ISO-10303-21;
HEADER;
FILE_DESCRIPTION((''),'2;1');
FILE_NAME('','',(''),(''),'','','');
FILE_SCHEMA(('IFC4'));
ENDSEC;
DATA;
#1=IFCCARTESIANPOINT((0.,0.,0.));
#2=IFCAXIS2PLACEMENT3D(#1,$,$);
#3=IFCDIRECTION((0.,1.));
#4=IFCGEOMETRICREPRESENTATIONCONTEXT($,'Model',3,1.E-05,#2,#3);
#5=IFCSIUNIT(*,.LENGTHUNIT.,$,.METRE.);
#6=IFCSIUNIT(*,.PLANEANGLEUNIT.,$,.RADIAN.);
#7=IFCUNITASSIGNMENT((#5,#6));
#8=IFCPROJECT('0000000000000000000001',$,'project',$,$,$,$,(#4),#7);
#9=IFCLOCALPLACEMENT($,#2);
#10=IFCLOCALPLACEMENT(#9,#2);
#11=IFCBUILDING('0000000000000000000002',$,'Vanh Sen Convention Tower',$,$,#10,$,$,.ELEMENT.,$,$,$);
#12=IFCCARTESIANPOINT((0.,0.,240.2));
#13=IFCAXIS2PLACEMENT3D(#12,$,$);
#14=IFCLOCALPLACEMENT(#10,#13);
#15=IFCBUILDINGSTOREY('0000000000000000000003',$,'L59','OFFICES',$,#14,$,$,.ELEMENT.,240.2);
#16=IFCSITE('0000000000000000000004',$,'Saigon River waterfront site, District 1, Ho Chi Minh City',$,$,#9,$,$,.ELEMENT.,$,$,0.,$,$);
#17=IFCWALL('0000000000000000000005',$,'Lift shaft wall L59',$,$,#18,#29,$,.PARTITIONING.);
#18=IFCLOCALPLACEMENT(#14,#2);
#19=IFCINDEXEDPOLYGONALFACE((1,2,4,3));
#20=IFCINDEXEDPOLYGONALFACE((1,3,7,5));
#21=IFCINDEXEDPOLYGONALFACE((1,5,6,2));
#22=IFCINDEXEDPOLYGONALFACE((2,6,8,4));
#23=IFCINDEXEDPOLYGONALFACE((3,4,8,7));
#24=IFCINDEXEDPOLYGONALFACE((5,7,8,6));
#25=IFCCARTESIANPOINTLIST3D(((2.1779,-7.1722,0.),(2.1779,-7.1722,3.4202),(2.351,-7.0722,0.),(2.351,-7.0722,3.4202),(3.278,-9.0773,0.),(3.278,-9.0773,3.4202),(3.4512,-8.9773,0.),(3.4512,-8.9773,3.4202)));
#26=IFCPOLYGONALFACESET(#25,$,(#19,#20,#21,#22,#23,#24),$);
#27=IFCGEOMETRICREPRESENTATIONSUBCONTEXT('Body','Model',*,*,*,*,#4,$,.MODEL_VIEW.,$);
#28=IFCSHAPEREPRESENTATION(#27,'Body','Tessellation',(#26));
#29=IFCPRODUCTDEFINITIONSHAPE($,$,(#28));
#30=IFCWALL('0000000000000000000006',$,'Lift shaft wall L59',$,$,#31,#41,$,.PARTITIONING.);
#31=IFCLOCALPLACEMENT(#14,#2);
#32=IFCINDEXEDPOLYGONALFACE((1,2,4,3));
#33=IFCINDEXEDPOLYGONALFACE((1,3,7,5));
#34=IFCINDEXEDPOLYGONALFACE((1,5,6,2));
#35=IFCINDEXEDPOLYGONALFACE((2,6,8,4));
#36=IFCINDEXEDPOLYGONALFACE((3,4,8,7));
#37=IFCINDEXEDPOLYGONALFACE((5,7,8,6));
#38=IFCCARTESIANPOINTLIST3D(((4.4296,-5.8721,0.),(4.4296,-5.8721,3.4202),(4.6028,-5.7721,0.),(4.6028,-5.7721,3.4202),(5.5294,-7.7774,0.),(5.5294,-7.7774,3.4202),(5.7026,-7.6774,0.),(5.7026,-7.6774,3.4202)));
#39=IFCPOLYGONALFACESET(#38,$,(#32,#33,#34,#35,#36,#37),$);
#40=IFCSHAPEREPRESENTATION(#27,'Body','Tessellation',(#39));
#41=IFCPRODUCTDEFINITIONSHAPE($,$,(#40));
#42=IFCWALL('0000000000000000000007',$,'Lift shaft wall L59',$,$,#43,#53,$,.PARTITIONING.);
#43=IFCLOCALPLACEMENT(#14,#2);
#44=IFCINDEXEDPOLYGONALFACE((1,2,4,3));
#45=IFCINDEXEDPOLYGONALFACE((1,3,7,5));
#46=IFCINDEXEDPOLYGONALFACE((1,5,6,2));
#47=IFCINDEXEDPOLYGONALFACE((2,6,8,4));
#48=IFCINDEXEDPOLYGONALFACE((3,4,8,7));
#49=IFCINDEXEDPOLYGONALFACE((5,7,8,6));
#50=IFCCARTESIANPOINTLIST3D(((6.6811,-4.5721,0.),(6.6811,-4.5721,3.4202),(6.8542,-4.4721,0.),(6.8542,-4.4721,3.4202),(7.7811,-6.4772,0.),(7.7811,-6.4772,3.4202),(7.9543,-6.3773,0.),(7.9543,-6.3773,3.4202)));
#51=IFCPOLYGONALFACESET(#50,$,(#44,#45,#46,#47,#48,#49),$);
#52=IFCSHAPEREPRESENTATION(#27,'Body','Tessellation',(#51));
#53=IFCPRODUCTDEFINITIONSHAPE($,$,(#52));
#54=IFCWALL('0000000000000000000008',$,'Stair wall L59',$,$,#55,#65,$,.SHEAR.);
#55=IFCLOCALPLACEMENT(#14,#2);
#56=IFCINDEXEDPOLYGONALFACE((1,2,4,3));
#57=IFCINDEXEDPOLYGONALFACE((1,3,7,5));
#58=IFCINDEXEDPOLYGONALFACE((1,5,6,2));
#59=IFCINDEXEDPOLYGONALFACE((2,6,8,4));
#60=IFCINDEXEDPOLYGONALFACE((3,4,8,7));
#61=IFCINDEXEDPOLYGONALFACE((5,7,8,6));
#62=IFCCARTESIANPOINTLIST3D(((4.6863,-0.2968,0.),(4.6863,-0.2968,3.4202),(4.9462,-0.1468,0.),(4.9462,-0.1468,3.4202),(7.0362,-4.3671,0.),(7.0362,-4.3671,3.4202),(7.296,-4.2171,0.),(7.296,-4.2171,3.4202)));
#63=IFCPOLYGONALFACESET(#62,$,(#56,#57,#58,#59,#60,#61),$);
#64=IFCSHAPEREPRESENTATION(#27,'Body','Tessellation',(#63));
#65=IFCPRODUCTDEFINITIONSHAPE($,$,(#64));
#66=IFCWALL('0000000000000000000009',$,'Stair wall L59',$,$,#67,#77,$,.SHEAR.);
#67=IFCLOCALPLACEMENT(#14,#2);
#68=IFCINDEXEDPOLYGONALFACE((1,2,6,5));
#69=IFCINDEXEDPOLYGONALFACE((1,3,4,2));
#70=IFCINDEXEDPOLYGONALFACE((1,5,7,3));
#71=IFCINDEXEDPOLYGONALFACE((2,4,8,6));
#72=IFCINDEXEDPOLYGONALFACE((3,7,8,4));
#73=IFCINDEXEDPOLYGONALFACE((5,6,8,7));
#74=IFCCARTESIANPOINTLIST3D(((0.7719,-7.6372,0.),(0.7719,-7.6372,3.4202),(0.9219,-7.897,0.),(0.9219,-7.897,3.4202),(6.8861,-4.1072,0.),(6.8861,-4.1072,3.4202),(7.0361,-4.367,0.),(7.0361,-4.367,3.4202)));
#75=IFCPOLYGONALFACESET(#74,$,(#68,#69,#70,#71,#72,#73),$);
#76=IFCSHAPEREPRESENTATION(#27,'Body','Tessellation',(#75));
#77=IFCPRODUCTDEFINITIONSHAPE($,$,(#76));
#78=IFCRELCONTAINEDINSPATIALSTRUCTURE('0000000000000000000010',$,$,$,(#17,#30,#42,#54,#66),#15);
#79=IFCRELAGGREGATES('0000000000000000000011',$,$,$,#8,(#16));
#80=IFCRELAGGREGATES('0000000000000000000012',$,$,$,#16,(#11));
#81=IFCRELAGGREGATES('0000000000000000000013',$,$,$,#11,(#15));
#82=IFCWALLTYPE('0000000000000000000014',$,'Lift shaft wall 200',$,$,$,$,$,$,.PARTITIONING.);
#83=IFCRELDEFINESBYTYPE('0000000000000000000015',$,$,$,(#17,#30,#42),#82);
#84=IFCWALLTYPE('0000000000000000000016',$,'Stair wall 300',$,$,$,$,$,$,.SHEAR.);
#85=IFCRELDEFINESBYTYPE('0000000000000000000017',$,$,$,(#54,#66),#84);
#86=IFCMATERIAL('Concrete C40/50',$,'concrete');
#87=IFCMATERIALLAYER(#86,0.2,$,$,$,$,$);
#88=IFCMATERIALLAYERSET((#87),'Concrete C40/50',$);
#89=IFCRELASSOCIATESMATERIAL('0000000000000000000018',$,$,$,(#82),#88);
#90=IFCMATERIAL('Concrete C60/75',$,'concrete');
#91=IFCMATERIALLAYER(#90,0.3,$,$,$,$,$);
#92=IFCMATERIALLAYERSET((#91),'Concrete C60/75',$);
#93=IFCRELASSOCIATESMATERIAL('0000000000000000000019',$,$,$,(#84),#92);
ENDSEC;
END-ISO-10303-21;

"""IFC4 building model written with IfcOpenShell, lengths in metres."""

from ifc_helpers import new_model, si_unit, direction, frame, frame_2d, origin, place, context, subcontext, project, spatial, rectangle, extrude, material, layer, layer_set, type_object, element, save


model = new_model("IFC4")

# Units and contexts
model_context = context("Model", 3, precision=1e-05, world=origin(), true_north=direction((0.0, 1.0)))
body_context = subcontext(model_context, "Body", "Model", "MODEL_VIEW")
ifc_project = project(units=[si_unit("LENGTHUNIT", "METRE"), si_unit("PLANEANGLEUNIT", "RADIAN")], contexts=[model_context])

# Site, building, storey
site_placement = place(None, origin())
site = spatial("IfcSite", under=ifc_project, at=site_placement, Name="Saigon River waterfront site, District 1, Ho Chi Minh City", CompositionType="ELEMENT", RefElevation=0.0)
building_placement = place(site_placement, origin())
building = spatial("IfcBuilding", under=site, at=building_placement, Name="Vanh Sen Convention Tower", CompositionType="ELEMENT")
storey_placement = place(building_placement, frame((0.0, 0.0, 240.2)))
storey = spatial("IfcBuildingStorey", under=building, at=storey_placement, Name="L59", Description="OFFICES", CompositionType="ELEMENT", Elevation=240.2)

# Shared definitions
ifc_material_1 = material(Name="Concrete C40/50", Category="concrete")

# Shared definitions
ifc_material_2 = material(Name="Concrete C60/75", Category="concrete")

# Walls
ifc_layer_1 = layer(ifc_material_1, 0.2)
ifc_layer_set_1 = layer_set([ifc_layer_1], Name="Concrete C40/50")
wall_type_1 = type_object("IfcWallType", Name="Lift shaft wall 200", PredefinedType="PARTITIONING", material=ifc_layer_set_1)
for number, where, z_axis, x_axis, name in (
    (1, (2.2644, -7.1221, 0.0), (0.0, 0.0, 1.0), (0.500078, -0.86598, 0.0), "Lift shaft wall L59"),
    (2, (4.5161, -5.822, 0.0), (0.0, 0.0, 1.0), (0.499947, -0.866056, 0.0), "Lift shaft wall L59"),
    (3, (6.7676, -4.522, 0.0), (0.0, 0.0, 1.0), (0.50003, -0.866008, 0.0), "Lift shaft wall L59"),
):
    element("IfcWall", number, at=place(storey_placement, frame(where, z_axis=z_axis, x_axis=x_axis)), inside=storey, type_object=wall_type_1, Name=name, PredefinedType="PARTITIONING", context=body_context, shape_type="SweptSolid", body=[
        extrude(rectangle(XDim=2.2, YDim=0.2, at=frame_2d((1.1001, 0.0))), origin(), (0.0, 0.0, 1.0), 3.4202),
    ])
ifc_layer_2 = layer(ifc_material_2, 0.3)
ifc_layer_set_2 = layer_set([ifc_layer_2], Name="Concrete C60/75")
wall_type_2 = type_object("IfcWallType", Name="Stair wall 300", PredefinedType="SHEAR", material=ifc_layer_set_2)
wall_1_placement = place(storey_placement, frame((4.8162, -0.2217, 0.0), z_axis=(0.0, 0.0, 1.0), x_axis=(0.499977, -0.866039, 0.0)))
element("IfcWall", 4, at=wall_1_placement, inside=storey, type_object=wall_type_2, Name="Stair wall L59", PredefinedType="SHEAR", context=body_context, shape_type="SweptSolid", body=[
    extrude(rectangle(XDim=4.7, YDim=0.3, at=frame_2d((2.3501, 0.0))), origin(), (0.0, 0.0, 1.0), 3.4202),
])
wall_2_placement = place(storey_placement, frame((0.8469, -7.7671, 0.0), z_axis=(0.0, 0.0, 1.0), x_axis=(0.866028, 0.499996, 0.0)))
element("IfcWall", 5, at=wall_2_placement, inside=storey, type_object=wall_type_2, Name="Stair wall L59", PredefinedType="SHEAR", context=body_context, shape_type="SweptSolid", body=[
    extrude(rectangle(XDim=7.0601, YDim=0.3, at=frame_2d((3.53, 0.0))), origin(), (0.0, 0.0, 1.0), 3.4202),
])

save(model, "model.ifc")
